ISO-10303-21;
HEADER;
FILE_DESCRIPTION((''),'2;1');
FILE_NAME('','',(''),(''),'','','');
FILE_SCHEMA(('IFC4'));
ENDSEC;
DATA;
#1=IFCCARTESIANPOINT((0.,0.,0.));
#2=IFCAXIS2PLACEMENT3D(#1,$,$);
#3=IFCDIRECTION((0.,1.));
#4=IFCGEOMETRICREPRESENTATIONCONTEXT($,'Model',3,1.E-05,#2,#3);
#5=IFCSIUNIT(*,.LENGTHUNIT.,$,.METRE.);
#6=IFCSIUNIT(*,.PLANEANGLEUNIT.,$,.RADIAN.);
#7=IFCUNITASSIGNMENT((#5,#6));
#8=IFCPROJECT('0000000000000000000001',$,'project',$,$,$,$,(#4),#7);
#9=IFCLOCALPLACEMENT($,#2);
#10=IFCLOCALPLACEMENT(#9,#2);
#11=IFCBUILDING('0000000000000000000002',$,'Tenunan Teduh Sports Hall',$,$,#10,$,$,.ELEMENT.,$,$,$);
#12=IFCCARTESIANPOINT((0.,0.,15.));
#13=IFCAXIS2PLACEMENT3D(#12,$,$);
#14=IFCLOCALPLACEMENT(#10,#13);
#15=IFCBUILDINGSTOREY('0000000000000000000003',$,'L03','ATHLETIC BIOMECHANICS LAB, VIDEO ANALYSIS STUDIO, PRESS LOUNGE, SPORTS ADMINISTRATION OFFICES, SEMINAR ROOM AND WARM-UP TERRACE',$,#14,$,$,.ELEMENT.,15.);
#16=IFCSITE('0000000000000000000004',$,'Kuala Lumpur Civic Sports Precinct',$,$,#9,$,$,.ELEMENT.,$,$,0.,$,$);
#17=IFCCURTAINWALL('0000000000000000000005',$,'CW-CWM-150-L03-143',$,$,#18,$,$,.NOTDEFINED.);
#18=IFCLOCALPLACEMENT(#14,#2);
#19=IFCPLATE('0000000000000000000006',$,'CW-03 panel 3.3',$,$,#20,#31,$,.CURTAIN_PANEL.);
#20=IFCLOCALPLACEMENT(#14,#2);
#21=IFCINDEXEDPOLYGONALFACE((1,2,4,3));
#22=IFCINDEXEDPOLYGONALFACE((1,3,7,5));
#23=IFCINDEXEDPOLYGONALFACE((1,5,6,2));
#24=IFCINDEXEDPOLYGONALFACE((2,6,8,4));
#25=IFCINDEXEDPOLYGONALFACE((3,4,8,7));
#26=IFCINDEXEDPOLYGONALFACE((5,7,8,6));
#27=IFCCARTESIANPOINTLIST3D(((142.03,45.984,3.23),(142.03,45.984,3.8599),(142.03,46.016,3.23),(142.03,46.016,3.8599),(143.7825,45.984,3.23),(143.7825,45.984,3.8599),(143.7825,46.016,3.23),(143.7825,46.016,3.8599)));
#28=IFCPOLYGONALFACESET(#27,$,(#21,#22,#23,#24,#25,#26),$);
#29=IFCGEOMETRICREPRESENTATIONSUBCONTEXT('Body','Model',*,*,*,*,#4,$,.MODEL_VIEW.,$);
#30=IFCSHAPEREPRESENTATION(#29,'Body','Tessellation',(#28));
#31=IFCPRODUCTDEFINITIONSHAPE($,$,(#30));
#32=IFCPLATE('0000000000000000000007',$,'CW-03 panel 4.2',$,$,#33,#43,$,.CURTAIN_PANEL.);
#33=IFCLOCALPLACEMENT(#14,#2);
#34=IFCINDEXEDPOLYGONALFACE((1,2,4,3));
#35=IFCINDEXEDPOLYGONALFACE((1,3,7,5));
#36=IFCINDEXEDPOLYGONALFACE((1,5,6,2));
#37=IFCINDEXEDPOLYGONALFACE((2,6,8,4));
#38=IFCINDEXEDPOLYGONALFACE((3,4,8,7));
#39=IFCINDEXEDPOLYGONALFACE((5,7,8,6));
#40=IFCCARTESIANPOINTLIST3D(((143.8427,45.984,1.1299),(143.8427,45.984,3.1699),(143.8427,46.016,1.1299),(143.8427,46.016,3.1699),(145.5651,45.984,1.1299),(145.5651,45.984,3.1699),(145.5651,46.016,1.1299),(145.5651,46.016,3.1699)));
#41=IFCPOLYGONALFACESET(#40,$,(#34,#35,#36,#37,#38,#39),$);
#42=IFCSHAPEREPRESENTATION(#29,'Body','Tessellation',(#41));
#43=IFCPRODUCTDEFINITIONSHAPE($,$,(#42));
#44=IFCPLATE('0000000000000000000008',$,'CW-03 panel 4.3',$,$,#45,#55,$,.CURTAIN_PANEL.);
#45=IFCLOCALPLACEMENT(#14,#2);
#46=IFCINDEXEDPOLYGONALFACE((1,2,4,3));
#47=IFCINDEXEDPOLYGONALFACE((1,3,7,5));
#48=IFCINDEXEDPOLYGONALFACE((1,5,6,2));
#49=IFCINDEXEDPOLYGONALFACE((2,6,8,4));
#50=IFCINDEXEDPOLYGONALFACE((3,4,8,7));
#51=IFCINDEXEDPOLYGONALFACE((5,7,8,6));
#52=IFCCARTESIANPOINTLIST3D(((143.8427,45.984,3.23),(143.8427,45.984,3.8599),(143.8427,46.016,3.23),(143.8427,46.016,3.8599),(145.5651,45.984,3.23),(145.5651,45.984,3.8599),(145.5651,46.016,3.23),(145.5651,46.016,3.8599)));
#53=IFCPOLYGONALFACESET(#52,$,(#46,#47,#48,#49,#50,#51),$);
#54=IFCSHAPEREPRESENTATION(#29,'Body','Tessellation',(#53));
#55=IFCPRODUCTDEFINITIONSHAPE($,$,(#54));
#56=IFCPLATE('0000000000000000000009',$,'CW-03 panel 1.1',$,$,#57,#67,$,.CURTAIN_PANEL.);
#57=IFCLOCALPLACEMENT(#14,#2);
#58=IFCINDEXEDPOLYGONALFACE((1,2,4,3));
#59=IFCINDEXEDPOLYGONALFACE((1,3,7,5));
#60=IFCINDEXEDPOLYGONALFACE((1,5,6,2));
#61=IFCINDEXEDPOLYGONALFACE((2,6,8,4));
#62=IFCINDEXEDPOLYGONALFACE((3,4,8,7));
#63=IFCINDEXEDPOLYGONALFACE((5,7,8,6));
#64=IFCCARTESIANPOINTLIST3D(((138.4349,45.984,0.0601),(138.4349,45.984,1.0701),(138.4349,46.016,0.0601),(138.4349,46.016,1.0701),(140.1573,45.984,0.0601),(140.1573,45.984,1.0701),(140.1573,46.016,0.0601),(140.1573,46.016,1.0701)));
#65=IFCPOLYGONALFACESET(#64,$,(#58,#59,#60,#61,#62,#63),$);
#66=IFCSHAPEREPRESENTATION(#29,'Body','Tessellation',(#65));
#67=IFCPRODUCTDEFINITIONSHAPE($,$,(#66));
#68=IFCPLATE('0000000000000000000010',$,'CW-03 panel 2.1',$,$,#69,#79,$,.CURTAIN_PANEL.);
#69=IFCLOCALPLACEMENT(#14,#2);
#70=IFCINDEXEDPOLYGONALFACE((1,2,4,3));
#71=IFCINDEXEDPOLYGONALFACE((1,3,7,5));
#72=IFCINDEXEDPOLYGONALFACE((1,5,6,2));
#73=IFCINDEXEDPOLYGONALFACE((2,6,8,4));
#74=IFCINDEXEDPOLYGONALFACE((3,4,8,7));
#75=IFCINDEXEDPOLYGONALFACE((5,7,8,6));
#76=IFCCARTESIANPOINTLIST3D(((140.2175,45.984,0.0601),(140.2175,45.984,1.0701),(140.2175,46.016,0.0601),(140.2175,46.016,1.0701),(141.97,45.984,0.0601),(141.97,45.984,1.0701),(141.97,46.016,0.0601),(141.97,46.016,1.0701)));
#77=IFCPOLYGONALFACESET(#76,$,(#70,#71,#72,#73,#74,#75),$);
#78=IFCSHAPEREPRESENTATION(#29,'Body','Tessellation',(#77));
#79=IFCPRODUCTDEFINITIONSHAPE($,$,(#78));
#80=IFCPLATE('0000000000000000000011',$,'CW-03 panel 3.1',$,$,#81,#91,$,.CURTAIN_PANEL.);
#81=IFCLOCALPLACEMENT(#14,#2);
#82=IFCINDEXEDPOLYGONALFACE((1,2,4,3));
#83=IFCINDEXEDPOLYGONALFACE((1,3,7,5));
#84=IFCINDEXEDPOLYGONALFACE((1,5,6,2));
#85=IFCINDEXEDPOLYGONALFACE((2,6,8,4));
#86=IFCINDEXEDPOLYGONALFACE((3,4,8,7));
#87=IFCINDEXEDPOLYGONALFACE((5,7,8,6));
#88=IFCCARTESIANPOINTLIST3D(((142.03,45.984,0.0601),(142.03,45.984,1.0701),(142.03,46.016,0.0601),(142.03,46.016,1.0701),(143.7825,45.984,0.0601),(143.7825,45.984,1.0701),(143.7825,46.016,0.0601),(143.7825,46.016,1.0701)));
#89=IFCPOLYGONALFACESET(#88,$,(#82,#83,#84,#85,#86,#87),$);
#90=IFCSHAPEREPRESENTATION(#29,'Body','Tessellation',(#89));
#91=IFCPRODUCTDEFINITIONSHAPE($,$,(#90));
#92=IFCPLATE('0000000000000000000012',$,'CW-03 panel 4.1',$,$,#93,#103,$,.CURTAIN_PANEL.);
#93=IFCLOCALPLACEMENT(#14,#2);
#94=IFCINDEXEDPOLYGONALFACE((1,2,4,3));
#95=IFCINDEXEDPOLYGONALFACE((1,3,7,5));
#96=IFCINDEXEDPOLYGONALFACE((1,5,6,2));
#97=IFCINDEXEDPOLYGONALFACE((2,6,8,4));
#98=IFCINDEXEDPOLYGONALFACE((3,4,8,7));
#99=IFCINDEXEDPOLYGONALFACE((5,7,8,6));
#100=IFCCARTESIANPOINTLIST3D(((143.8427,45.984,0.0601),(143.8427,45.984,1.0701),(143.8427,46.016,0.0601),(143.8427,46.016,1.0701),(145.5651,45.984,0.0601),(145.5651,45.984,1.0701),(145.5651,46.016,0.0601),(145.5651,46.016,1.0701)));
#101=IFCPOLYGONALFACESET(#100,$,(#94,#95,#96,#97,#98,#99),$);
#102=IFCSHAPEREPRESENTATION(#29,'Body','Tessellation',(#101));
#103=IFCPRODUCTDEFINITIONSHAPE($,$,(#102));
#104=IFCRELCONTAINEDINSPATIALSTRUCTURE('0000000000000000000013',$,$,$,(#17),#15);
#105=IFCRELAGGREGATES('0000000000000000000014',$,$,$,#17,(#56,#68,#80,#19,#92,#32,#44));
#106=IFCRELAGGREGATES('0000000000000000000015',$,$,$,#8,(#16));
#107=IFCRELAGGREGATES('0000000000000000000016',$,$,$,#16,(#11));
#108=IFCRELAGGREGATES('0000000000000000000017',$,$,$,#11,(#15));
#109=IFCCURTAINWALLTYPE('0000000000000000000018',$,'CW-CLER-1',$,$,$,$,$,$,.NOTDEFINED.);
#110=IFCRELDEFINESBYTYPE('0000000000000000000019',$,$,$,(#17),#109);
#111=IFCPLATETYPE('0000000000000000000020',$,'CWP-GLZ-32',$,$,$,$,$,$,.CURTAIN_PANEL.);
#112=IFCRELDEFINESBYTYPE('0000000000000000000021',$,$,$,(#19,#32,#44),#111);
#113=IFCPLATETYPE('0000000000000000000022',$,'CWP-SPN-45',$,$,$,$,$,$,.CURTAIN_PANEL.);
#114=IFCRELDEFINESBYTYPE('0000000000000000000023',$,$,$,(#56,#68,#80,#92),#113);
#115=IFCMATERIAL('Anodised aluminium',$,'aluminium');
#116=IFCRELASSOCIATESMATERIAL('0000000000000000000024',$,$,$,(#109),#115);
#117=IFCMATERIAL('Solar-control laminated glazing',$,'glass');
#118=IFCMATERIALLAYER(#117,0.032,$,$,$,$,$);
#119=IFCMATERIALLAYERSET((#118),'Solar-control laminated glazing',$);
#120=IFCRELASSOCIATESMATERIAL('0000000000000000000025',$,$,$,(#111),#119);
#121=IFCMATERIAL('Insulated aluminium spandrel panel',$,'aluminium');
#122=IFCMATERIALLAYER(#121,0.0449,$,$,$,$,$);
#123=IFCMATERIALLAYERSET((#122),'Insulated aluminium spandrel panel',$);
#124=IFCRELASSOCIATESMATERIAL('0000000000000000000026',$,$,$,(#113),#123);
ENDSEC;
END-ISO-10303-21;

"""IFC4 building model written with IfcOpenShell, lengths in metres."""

from ifc_helpers import new_model, si_unit, direction, frame, origin, origin_2d, place, context, subcontext, project, spatial, rectangle, extrude, material, layer, layer_set, type_object, element, aggregate, save


model = new_model("IFC4")

# Units and contexts
model_context = context("Model", 3, precision=1e-05, world=origin(), true_north=direction((0.0, 1.0)))
body_context = subcontext(model_context, "Body", "Model", "MODEL_VIEW")
ifc_project = project(units=[si_unit("LENGTHUNIT", "METRE"), si_unit("PLANEANGLEUNIT", "RADIAN")], contexts=[model_context])

# Site, building, storey
site_placement = place(None, origin())
site = spatial("IfcSite", under=ifc_project, at=site_placement, Name="Kuala Lumpur Civic Sports Precinct", CompositionType="ELEMENT", RefElevation=0.0)
building_placement = place(site_placement, origin())
building = spatial("IfcBuilding", under=site, at=building_placement, Name="Tenunan Teduh Sports Hall", CompositionType="ELEMENT")
storey_placement = place(building_placement, frame((0.0, 0.0, 15.0)))
storey = spatial("IfcBuildingStorey", under=building, at=storey_placement, Name="L03", Description="ATHLETIC BIOMECHANICS LAB, VIDEO ANALYSIS STUDIO, PRESS LOUNGE, SPORTS ADMINISTRATION OFFICES, SEMINAR ROOM AND WARM-UP TERRACE", CompositionType="ELEMENT", Elevation=15.0)

# Curtain wall
ifc_material_1 = material(Name="Anodised aluminium", Category="aluminium")
curtain_wall_type = type_object("IfcCurtainWallType", Name="CW-CLER-1", PredefinedType="NOTDEFINED", material=ifc_material_1)
curtain_wall_placement = place(storey_placement, origin())
curtain_wall = element("IfcCurtainWall", 1, at=curtain_wall_placement, inside=storey, type_object=curtain_wall_type, Name="CW-CWM-150-L03-143", PredefinedType="NOTDEFINED")

# Plates
ifc_material_2 = material(Name="Solar-control laminated glazing", Category="glass")
ifc_layer_1 = layer(ifc_material_2, 0.032)
ifc_layer_set_1 = layer_set([ifc_layer_1], Name="Solar-control laminated glazing")
plate_type_1 = type_object("IfcPlateType", Name="CWP-GLZ-32", PredefinedType="CURTAIN_PANEL", material=ifc_layer_set_1)
plate_1_placement = place(storey_placement, frame((142.9062, 46.0, 3.23), z_axis=(0.0, 0.0, 1.0), x_axis=(1.0, 0.0, 0.0)))
plate_1 = element("IfcPlate", 2, at=plate_1_placement, type_object=plate_type_1, Name="CW-03 panel 3.3", PredefinedType="CURTAIN_PANEL", context=body_context, shape_type="SweptSolid", body=[
    extrude(rectangle(XDim=1.7524, YDim=0.032, at=origin_2d()), origin(), (0.0, 0.0, 1.0), 0.6299),
])
plate_2_placement = place(storey_placement, frame((144.7039, 46.0, 1.1299), z_axis=(0.0, 0.0, 1.0), x_axis=(1.0, 0.0, 0.0)))
plate_2 = element("IfcPlate", 3, at=plate_2_placement, type_object=plate_type_1, Name="CW-03 panel 4.2", PredefinedType="CURTAIN_PANEL", context=body_context, shape_type="SweptSolid", body=[
    extrude(rectangle(XDim=1.7224, YDim=0.032, at=origin_2d()), origin(), (0.0, 0.0, 1.0), 2.04),
])
plate_3_placement = place(storey_placement, frame((144.7039, 46.0, 3.23), z_axis=(0.0, 0.0, 1.0), x_axis=(1.0, 0.0, 0.0)))
plate_3 = element("IfcPlate", 4, at=plate_3_placement, type_object=plate_type_1, Name="CW-03 panel 4.3", PredefinedType="CURTAIN_PANEL", context=body_context, shape_type="SweptSolid", body=[
    extrude(rectangle(XDim=1.7224, YDim=0.032, at=origin_2d()), origin(), (0.0, 0.0, 1.0), 0.6299),
])
ifc_material_3 = material(Name="Insulated aluminium spandrel panel", Category="aluminium")
ifc_layer_2 = layer(ifc_material_3, 0.0449)
ifc_layer_set_2 = layer_set([ifc_layer_2], Name="Insulated aluminium spandrel panel")
plate_type_2 = type_object("IfcPlateType", Name="CWP-SPN-45", PredefinedType="CURTAIN_PANEL", material=ifc_layer_set_2)
plate_4_placement = place(storey_placement, frame((139.2961, 46.0, 0.0601), z_axis=(0.0, 0.0, 1.0), x_axis=(1.0, 0.0, 0.0)))
plate_4 = element("IfcPlate", 5, at=plate_4_placement, type_object=plate_type_2, Name="CW-03 panel 1.1", PredefinedType="CURTAIN_PANEL", context=body_context, shape_type="SweptSolid", body=[
    extrude(rectangle(XDim=1.7224, YDim=0.032, at=origin_2d()), origin(), (0.0, 0.0, 1.0), 1.01),
])
plate_5_placement = place(storey_placement, frame((141.0938, 46.0, 0.0601), z_axis=(0.0, 0.0, 1.0), x_axis=(1.0, 0.0, 0.0)))
plate_5 = element("IfcPlate", 6, at=plate_5_placement, type_object=plate_type_2, Name="CW-03 panel 2.1", PredefinedType="CURTAIN_PANEL", context=body_context, shape_type="SweptSolid", body=[
    extrude(rectangle(XDim=1.7524, YDim=0.032, at=origin_2d()), origin(), (0.0, 0.0, 1.0), 1.01),
])
plate_6_placement = place(storey_placement, frame((142.9062, 46.0, 0.0601), z_axis=(0.0, 0.0, 1.0), x_axis=(1.0, 0.0, 0.0)))
plate_6 = element("IfcPlate", 7, at=plate_6_placement, type_object=plate_type_2, Name="CW-03 panel 3.1", PredefinedType="CURTAIN_PANEL", context=body_context, shape_type="SweptSolid", body=[
    extrude(rectangle(XDim=1.7524, YDim=0.032, at=origin_2d()), origin(), (0.0, 0.0, 1.0), 1.01),
])
plate_7_placement = place(storey_placement, frame((144.7039, 46.0, 0.0601), z_axis=(0.0, 0.0, 1.0), x_axis=(1.0, 0.0, 0.0)))
plate_7 = element("IfcPlate", 8, at=plate_7_placement, type_object=plate_type_2, Name="CW-03 panel 4.1", PredefinedType="CURTAIN_PANEL", context=body_context, shape_type="SweptSolid", body=[
    extrude(rectangle(XDim=1.7224, YDim=0.032, at=origin_2d()), origin(), (0.0, 0.0, 1.0), 1.01),
])
aggregate(curtain_wall, [plate_4, plate_5, plate_6, plate_1, plate_7, plate_2, plate_3])

save(model, "model.ifc")
